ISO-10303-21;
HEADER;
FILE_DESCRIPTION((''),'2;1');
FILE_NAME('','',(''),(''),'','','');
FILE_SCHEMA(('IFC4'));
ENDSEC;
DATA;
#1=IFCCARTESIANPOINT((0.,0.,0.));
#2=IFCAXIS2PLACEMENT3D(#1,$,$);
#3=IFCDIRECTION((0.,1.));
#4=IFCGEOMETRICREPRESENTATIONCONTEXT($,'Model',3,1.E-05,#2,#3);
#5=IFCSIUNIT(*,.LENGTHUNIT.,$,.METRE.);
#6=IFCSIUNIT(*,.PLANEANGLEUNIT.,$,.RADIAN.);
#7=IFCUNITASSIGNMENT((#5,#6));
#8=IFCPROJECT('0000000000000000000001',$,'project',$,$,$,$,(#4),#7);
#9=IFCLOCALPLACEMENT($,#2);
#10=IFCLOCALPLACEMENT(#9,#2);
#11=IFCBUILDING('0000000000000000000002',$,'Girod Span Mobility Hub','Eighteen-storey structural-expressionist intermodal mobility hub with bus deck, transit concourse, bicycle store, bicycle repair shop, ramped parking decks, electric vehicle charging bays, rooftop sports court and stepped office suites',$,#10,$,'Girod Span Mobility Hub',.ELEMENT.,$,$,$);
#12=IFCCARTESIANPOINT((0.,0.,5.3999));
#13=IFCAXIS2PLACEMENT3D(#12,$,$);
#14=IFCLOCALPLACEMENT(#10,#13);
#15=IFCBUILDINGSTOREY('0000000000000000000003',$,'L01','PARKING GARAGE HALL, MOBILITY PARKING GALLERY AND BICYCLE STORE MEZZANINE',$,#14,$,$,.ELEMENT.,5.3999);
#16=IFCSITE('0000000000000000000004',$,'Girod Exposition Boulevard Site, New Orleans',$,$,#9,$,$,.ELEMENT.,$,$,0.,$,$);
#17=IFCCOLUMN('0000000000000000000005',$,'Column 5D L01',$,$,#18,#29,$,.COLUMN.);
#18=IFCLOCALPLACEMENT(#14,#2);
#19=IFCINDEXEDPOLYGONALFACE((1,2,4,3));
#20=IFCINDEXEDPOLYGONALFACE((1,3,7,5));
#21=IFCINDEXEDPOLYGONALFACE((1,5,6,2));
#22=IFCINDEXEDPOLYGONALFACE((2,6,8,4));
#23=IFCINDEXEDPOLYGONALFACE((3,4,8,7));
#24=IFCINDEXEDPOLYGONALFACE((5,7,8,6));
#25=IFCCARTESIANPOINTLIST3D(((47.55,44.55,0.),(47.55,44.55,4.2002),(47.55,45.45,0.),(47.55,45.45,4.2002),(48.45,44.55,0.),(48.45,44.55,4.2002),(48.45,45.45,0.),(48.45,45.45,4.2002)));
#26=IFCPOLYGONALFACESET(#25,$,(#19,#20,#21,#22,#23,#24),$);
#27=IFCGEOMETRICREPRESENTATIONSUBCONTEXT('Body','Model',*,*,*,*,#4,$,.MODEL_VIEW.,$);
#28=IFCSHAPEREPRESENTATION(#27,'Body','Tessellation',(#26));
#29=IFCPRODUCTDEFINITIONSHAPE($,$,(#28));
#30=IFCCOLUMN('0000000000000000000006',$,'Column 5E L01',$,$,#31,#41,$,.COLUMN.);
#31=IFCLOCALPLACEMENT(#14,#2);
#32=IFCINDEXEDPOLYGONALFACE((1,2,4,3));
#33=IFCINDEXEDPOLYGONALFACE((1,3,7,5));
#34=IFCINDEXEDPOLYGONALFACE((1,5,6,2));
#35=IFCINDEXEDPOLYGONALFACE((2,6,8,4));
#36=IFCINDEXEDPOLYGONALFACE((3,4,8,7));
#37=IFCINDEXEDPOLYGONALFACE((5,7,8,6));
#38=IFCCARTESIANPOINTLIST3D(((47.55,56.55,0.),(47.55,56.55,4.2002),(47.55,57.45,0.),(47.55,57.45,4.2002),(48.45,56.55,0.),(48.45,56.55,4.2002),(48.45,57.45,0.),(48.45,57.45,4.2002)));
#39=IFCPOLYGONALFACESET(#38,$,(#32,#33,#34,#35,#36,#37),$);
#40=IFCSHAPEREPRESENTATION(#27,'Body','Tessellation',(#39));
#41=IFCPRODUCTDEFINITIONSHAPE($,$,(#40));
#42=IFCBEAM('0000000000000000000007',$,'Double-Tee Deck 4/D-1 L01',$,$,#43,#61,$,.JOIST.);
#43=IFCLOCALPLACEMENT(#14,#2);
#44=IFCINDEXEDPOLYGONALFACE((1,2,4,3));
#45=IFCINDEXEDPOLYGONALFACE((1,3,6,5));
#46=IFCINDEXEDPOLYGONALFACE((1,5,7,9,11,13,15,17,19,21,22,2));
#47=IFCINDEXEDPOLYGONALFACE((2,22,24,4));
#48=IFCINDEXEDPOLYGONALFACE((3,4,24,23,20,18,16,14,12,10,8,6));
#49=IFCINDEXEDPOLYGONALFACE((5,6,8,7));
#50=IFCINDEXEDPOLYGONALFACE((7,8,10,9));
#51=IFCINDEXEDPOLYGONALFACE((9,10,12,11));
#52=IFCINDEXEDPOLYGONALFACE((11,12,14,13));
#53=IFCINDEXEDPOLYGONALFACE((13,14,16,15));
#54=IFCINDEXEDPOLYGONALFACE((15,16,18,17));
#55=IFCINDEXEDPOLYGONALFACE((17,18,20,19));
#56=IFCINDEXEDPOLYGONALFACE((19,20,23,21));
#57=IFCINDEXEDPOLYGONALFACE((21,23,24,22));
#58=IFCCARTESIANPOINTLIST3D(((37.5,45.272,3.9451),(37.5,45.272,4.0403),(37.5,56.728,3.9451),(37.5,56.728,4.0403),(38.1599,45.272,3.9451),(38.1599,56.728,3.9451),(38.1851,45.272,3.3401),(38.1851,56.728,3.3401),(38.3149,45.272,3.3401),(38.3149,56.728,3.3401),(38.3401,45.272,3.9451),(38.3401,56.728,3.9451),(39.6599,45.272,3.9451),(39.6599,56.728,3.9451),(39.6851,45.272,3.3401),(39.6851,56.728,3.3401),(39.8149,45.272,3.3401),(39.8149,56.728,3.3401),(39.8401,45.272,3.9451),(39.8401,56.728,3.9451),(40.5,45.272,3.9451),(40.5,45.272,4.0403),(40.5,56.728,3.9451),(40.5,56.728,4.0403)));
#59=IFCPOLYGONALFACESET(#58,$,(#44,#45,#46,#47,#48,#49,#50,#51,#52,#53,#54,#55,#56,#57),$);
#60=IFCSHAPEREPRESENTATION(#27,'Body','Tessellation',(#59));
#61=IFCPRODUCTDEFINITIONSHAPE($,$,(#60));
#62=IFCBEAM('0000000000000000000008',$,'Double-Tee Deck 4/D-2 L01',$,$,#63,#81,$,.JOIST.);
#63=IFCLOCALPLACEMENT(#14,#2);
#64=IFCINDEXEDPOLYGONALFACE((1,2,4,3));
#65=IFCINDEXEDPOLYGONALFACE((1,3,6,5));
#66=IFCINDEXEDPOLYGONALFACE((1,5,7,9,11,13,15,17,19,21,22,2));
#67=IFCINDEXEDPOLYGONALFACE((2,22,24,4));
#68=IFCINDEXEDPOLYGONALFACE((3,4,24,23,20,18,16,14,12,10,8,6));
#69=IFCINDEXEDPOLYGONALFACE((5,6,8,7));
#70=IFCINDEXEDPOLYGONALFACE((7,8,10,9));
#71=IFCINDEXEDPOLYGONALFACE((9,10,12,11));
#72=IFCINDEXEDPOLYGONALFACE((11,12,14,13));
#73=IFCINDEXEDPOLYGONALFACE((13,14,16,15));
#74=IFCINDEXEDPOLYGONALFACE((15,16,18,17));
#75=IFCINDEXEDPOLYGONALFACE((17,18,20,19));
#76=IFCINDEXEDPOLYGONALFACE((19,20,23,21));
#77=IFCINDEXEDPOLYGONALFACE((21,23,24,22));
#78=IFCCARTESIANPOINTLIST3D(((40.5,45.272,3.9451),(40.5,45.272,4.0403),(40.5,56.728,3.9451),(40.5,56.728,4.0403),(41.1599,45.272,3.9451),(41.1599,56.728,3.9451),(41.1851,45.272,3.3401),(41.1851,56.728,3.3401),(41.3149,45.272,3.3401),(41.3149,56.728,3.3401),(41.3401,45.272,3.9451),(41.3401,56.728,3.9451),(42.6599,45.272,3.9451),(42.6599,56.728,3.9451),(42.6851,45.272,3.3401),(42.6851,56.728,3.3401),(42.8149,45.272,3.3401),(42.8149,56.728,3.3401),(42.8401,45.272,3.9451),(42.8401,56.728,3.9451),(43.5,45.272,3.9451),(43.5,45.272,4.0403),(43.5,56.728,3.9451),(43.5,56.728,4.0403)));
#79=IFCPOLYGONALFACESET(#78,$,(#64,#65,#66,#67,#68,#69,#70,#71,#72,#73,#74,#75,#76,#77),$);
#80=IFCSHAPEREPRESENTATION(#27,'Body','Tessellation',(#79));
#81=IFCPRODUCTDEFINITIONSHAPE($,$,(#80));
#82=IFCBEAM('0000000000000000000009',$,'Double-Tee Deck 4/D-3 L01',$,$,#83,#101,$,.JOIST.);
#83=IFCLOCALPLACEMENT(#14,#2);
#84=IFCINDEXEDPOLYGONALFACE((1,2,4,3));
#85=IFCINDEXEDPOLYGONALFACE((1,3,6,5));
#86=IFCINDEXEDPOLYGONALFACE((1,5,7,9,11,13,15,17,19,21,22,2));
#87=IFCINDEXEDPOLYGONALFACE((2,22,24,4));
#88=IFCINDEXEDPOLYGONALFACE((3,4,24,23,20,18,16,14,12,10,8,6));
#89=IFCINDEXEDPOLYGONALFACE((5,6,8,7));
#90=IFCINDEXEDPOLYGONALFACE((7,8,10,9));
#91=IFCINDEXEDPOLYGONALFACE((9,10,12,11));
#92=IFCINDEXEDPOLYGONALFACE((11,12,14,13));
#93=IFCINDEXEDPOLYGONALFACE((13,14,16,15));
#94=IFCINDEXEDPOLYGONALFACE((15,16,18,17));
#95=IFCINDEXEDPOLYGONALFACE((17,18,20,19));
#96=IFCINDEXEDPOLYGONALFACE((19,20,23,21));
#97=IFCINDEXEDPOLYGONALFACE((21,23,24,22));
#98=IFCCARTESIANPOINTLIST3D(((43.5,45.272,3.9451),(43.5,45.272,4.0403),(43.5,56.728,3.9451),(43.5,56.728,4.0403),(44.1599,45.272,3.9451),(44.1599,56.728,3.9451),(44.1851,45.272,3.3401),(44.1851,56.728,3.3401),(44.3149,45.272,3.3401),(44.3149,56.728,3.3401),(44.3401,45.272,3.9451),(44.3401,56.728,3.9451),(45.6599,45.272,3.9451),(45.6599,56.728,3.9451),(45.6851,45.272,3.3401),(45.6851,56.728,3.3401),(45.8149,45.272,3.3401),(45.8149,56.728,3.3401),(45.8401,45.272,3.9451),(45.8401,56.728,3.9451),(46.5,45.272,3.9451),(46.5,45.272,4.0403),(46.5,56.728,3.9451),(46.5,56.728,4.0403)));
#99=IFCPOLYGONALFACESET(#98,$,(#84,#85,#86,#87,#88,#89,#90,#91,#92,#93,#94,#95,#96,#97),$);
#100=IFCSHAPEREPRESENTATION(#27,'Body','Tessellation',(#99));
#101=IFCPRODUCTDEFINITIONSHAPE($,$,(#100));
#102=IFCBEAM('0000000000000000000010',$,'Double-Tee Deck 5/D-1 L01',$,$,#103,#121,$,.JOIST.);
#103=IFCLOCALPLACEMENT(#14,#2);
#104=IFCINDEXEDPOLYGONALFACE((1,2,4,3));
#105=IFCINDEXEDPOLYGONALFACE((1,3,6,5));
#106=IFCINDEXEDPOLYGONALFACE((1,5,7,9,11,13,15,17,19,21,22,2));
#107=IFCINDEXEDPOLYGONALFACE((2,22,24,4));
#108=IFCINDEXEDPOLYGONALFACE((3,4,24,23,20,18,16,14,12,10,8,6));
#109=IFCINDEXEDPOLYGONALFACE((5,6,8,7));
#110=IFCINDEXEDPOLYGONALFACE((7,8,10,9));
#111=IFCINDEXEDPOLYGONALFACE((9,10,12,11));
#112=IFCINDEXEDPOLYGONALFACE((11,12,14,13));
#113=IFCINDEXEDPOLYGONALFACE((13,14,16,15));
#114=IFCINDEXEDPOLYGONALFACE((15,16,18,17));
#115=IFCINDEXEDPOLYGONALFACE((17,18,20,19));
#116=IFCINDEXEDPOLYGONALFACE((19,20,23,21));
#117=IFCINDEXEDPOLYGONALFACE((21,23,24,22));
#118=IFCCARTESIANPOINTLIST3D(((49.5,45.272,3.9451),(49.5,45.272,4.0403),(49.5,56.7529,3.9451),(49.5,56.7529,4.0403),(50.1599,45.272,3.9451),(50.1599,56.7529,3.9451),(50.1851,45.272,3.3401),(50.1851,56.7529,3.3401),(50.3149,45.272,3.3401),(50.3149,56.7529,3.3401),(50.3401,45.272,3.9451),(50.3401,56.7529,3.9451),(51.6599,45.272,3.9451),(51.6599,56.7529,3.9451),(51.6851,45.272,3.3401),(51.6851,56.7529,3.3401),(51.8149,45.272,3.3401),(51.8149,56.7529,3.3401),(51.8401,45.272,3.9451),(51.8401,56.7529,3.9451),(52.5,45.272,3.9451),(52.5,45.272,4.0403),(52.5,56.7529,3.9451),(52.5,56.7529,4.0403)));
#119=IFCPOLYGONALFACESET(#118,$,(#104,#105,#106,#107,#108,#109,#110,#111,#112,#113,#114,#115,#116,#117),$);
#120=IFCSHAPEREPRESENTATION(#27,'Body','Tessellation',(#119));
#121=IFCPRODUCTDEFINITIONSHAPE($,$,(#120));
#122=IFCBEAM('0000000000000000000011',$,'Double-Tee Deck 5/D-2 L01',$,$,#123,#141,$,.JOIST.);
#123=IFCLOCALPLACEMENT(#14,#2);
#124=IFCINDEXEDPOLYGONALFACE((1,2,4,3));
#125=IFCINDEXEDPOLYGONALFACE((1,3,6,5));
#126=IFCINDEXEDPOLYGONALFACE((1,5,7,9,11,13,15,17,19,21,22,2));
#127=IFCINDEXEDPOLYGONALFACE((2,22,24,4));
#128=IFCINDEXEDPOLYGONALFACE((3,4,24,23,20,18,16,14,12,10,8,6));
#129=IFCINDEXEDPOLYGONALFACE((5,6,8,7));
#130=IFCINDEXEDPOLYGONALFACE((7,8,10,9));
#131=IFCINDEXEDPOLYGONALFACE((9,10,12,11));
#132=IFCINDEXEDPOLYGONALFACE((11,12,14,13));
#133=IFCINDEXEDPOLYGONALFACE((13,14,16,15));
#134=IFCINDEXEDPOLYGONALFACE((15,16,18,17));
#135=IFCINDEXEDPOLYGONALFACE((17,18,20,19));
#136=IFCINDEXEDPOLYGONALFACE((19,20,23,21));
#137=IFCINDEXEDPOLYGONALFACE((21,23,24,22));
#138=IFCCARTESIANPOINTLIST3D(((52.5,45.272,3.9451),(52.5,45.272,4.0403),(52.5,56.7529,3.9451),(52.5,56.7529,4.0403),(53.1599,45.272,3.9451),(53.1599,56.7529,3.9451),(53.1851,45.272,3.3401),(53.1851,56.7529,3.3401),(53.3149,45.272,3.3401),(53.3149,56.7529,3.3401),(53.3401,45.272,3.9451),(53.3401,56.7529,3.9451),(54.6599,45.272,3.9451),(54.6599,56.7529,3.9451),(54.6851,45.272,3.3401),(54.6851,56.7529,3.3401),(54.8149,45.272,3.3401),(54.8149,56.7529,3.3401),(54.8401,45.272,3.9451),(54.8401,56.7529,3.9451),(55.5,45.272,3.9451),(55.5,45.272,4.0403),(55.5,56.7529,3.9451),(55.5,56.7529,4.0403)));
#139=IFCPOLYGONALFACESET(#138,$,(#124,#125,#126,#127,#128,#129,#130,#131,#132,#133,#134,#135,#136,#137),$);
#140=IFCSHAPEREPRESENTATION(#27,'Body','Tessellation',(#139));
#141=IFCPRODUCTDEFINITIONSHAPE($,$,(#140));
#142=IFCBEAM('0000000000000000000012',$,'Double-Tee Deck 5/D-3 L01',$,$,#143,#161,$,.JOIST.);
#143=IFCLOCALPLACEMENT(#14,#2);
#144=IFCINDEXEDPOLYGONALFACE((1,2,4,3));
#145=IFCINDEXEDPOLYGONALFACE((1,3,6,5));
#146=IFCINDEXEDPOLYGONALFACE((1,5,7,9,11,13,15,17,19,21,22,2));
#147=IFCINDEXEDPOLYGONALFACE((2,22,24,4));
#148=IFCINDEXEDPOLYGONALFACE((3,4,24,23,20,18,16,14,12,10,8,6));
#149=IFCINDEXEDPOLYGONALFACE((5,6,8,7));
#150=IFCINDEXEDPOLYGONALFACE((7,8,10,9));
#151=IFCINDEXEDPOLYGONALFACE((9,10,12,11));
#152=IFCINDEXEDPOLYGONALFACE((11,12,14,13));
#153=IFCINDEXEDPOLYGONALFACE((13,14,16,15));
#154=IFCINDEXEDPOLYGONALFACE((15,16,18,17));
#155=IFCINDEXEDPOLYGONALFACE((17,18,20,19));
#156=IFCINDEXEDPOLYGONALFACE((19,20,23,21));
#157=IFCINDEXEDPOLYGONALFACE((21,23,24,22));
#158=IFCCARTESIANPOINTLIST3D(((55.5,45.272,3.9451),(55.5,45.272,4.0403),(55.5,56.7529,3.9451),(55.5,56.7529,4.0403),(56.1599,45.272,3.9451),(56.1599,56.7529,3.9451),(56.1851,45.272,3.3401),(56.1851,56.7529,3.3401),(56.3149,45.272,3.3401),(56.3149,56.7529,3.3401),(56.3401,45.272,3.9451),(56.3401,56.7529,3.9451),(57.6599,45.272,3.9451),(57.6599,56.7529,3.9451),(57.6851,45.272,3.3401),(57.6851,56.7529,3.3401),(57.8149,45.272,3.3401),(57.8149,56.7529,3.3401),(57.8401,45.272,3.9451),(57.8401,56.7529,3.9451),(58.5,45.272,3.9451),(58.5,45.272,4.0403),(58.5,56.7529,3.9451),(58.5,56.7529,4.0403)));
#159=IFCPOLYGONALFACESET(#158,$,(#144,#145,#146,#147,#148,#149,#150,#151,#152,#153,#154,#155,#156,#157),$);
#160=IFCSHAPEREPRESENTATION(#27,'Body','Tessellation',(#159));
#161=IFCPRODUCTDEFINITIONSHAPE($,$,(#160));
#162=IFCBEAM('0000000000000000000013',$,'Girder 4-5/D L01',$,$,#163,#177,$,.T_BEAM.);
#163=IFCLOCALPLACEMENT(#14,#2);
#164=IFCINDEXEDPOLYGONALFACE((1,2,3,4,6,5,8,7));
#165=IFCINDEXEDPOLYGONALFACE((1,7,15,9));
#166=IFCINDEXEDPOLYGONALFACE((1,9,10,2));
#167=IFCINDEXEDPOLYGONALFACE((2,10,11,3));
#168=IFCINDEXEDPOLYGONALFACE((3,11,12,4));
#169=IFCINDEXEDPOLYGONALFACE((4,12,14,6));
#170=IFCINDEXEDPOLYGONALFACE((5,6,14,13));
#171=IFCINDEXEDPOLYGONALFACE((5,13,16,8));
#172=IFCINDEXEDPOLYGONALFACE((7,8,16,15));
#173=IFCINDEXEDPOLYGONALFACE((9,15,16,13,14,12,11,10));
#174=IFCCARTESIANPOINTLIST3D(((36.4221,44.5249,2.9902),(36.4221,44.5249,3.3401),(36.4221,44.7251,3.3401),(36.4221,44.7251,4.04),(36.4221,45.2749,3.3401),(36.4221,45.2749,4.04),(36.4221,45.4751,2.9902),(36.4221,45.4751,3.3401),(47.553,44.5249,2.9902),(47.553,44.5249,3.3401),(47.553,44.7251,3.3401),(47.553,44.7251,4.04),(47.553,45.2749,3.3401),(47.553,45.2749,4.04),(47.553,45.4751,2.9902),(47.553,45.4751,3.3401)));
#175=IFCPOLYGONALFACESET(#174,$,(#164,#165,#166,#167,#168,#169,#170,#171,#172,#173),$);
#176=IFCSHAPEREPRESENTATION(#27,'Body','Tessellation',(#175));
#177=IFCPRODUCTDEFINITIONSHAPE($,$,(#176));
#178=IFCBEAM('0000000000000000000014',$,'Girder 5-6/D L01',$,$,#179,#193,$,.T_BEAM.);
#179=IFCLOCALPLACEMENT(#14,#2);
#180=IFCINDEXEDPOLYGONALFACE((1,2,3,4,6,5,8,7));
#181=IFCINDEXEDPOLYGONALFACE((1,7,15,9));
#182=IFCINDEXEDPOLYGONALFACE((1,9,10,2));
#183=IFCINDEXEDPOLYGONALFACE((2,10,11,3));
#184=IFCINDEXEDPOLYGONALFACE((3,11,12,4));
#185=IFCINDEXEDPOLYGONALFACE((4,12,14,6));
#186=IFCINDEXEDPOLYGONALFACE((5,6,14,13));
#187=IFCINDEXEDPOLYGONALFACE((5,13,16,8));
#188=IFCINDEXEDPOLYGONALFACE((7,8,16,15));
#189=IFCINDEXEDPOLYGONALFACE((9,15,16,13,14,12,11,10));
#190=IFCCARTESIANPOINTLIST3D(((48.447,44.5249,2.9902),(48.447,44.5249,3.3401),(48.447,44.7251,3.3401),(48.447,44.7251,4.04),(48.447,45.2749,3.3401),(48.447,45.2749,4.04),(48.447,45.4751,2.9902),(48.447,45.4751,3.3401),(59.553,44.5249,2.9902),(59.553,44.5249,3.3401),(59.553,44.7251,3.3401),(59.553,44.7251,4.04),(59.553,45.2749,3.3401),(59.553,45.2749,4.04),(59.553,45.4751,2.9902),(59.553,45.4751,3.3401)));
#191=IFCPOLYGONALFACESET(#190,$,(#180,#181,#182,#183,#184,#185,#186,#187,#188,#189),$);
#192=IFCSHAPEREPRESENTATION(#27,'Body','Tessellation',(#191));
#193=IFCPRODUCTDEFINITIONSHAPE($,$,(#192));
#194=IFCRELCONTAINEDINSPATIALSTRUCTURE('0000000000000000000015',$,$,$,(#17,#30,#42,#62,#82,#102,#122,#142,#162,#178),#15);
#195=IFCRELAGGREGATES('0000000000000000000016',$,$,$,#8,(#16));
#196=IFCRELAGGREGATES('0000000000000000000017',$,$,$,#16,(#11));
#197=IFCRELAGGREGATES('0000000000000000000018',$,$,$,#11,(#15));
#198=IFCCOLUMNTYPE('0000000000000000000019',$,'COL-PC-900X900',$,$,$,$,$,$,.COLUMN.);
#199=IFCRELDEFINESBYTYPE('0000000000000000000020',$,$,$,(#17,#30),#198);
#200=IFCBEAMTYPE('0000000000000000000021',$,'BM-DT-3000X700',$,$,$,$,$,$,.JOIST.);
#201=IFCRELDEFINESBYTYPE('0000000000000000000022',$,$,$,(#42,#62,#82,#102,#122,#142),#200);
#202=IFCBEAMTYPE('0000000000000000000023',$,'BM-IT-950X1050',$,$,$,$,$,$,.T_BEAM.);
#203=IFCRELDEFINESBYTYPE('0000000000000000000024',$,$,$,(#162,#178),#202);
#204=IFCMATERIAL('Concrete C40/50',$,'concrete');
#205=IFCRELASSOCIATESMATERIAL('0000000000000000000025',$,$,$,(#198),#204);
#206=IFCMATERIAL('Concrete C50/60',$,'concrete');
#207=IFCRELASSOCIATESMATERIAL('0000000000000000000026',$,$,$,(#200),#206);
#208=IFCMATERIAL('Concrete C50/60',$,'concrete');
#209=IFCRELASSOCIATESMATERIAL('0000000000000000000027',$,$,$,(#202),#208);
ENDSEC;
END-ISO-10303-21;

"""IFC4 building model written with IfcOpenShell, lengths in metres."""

from ifc_helpers import new_model, si_unit, direction, frame, origin, origin_2d, place, context, subcontext, project, spatial, polyline, rectangle, outline, extrude, material, material_profile, profile_set, type_object, element, save


model = new_model("IFC4")

# Units and contexts
model_context = context("Model", 3, precision=1e-05, world=origin(), true_north=direction((0.0, 1.0)))
body_context = subcontext(model_context, "Body", "Model", "MODEL_VIEW")
ifc_project = project(units=[si_unit("LENGTHUNIT", "METRE"), si_unit("PLANEANGLEUNIT", "RADIAN")], contexts=[model_context])

# Site, building, storey
site_placement = place(None, origin())
site = spatial("IfcSite", under=ifc_project, at=site_placement, Name="Girod Exposition Boulevard Site, New Orleans", CompositionType="ELEMENT", RefElevation=0.0)
building_placement = place(site_placement, origin())
building = spatial("IfcBuilding", under=site, at=building_placement, Name="Girod Span Mobility Hub", Description="Eighteen-storey structural-expressionist intermodal mobility hub with bus deck, transit concourse, bicycle store, bicycle repair shop, ramped parking decks, electric vehicle charging bays, rooftop sports court and stepped office suites", LongName="Girod Span Mobility Hub", CompositionType="ELEMENT")
storey_placement = place(building_placement, frame((0.0, 0.0, 5.3999)))
storey = spatial("IfcBuildingStorey", under=building, at=storey_placement, Name="L01", Description="PARKING GARAGE HALL, MOBILITY PARKING GALLERY AND BICYCLE STORE MEZZANINE", CompositionType="ELEMENT", Elevation=5.3999)

# Columns
ifc_material_1 = material(Name="Concrete C40/50", Category="concrete")
ifc_material_profile_1 = material_profile(ifc_material_1, rectangle(XDim=0.8999, YDim=0.8999, at=origin_2d()), Name="PC-COL-900X900")
ifc_profile_set_1 = profile_set([ifc_material_profile_1], Name="Concrete C40/50")
column_type = type_object("IfcColumnType", Name="COL-PC-900X900", PredefinedType="COLUMN", material=ifc_profile_set_1)
for number, where, z_axis, x_axis, name in (
    (1, (48.0, 45.0, 0.0), (0.0, 0.0, 1.0), (1.0, 0.0, 0.0), "Column 5D L01"),
    (2, (48.0, 57.0, 0.0), (0.0, 0.0, 1.0), (1.0, 0.0, 0.0), "Column 5E L01"),
):
    element("IfcColumn", number, at=place(storey_placement, frame(where, z_axis=z_axis, x_axis=x_axis)), inside=storey, type_object=column_type, Name=name, PredefinedType="COLUMN", context=body_context, shape_type="SweptSolid", body=[
        extrude(rectangle(XDim=0.8999, YDim=0.8999, at=origin_2d()), origin(), (0.0, 0.0, 1.0), 4.2002),
    ])

# Beams
ifc_material_2 = material(Name="Concrete C50/60", Category="concrete")
ifc_material_profile_2 = material_profile(ifc_material_2, outline(polyline([(-1.5, 0.3501), (-1.5, 0.2549), (-0.8401, 0.2549), (-0.8149, -0.3501), (-0.6851, -0.3501), (-0.6599, 0.2549), (0.6599, 0.2549), (0.6851, -0.3501), (0.8149, -0.3501), (0.8401, 0.2549), (1.5, 0.2549), (1.5, 0.3501), (-1.5, 0.3501)])), Name="DT-3000X700")
ifc_profile_set_2 = profile_set([ifc_material_profile_2], Name="Concrete C50/60")
beam_type_1 = type_object("IfcBeamType", Name="BM-DT-3000X700", PredefinedType="JOIST", material=ifc_profile_set_2)
for number, where, z_axis, x_axis, name in (
    (3, (39.0, 45.272, 3.6902), (0.0, 1.0, 0.0), (-1.0, 0.0, 0.0), "Double-Tee Deck 4/D-1 L01"),
    (4, (42.0, 45.272, 3.6902), (0.0, 1.0, 0.0), (-1.0, 0.0, 0.0), "Double-Tee Deck 4/D-2 L01"),
    (5, (45.0, 45.272, 3.6902), (0.0, 1.0, 0.0), (-1.0, 0.0, 0.0), "Double-Tee Deck 4/D-3 L01"),
):
    element("IfcBeam", number, at=place(storey_placement, frame(where, z_axis=z_axis, x_axis=x_axis)), inside=storey, type_object=beam_type_1, Name=name, PredefinedType="JOIST", context=body_context, shape_type="SweptSolid", body=[
        extrude(outline(polyline([(-1.5, 0.3501), (-1.5, 0.2549), (-0.8401, 0.2549), (-0.8149, -0.3501), (-0.6851, -0.3501), (-0.6599, 0.2549), (0.6599, 0.2549), (0.6851, -0.3501), (0.8149, -0.3501), (0.8401, 0.2549), (1.5, 0.2549), (1.5, 0.3501), (-1.5, 0.3501)])), origin(), (0.0, 0.0, 1.0), 11.4561),
    ])
for number, where, z_axis, x_axis, name in (
    (6, (51.0, 45.272, 3.6902), (0.0, 1.0, 0.0), (-1.0, 0.0, 0.0), "Double-Tee Deck 5/D-1 L01"),
    (7, (54.0, 45.272, 3.6902), (0.0, 1.0, 0.0), (-1.0, 0.0, 0.0), "Double-Tee Deck 5/D-2 L01"),
    (8, (57.0, 45.272, 3.6902), (0.0, 1.0, 0.0), (-1.0, 0.0, 0.0), "Double-Tee Deck 5/D-3 L01"),
):
    element("IfcBeam", number, at=place(storey_placement, frame(where, z_axis=z_axis, x_axis=x_axis)), inside=storey, type_object=beam_type_1, Name=name, PredefinedType="JOIST", context=body_context, shape_type="SweptSolid", body=[
        extrude(outline(polyline([(-1.5, 0.3501), (-1.5, 0.2549), (-0.8401, 0.2549), (-0.8149, -0.3501), (-0.6851, -0.3501), (-0.6599, 0.2549), (0.6599, 0.2549), (0.6851, -0.3501), (0.8149, -0.3501), (0.8401, 0.2549), (1.5, 0.2549), (1.5, 0.3501), (-1.5, 0.3501)])), origin(), (0.0, 0.0, 1.0), 11.481),
    ])
ifc_material_3 = material(Name="Concrete C50/60", Category="concrete")
ifc_material_profile_3 = material_profile(ifc_material_3, outline(polyline([(-0.4751, -0.5249), (0.4751, -0.5249), (0.4751, -0.175), (0.2749, -0.175), (0.2749, 0.5249), (-0.2749, 0.5249), (-0.2749, -0.175), (-0.4751, -0.175), (-0.4751, -0.5249)])), Name="IT-950X1050")
ifc_profile_set_3 = profile_set([ifc_material_profile_3], Name="Concrete C50/60")
beam_type_2 = type_object("IfcBeamType", Name="BM-IT-950X1050", PredefinedType="T_BEAM", material=ifc_profile_set_3)
beam_1_placement = place(storey_placement, frame((36.4221, 45.0, 3.5151), z_axis=(1.0, 0.0, 0.0), x_axis=(0.0, 1.0, 0.0)))
element("IfcBeam", 9, at=beam_1_placement, inside=storey, type_object=beam_type_2, Name="Girder 4-5/D L01", PredefinedType="T_BEAM", context=body_context, shape_type="SweptSolid", body=[
    extrude(outline(polyline([(-0.4751, -0.5249), (0.4751, -0.5249), (0.4751, -0.175), (0.2749, -0.175), (0.2749, 0.5249), (-0.2749, 0.5249), (-0.2749, -0.175), (-0.4751, -0.175), (-0.4751, -0.5249)])), origin(), (0.0, 0.0, 1.0), 11.1309),
])
beam_2_placement = place(storey_placement, frame((48.447, 45.0, 3.5151), z_axis=(1.0, 0.0, 0.0), x_axis=(0.0, 1.0, 0.0)))
element("IfcBeam", 10, at=beam_2_placement, inside=storey, type_object=beam_type_2, Name="Girder 5-6/D L01", PredefinedType="T_BEAM", context=body_context, shape_type="SweptSolid", body=[
    extrude(outline(polyline([(-0.4751, -0.5249), (0.4751, -0.5249), (0.4751, -0.175), (0.2749, -0.175), (0.2749, 0.5249), (-0.2749, 0.5249), (-0.2749, -0.175), (-0.4751, -0.175), (-0.4751, -0.5249)])), origin(), (0.0, 0.0, 1.0), 11.106),
])

save(model, "model.ifc")
